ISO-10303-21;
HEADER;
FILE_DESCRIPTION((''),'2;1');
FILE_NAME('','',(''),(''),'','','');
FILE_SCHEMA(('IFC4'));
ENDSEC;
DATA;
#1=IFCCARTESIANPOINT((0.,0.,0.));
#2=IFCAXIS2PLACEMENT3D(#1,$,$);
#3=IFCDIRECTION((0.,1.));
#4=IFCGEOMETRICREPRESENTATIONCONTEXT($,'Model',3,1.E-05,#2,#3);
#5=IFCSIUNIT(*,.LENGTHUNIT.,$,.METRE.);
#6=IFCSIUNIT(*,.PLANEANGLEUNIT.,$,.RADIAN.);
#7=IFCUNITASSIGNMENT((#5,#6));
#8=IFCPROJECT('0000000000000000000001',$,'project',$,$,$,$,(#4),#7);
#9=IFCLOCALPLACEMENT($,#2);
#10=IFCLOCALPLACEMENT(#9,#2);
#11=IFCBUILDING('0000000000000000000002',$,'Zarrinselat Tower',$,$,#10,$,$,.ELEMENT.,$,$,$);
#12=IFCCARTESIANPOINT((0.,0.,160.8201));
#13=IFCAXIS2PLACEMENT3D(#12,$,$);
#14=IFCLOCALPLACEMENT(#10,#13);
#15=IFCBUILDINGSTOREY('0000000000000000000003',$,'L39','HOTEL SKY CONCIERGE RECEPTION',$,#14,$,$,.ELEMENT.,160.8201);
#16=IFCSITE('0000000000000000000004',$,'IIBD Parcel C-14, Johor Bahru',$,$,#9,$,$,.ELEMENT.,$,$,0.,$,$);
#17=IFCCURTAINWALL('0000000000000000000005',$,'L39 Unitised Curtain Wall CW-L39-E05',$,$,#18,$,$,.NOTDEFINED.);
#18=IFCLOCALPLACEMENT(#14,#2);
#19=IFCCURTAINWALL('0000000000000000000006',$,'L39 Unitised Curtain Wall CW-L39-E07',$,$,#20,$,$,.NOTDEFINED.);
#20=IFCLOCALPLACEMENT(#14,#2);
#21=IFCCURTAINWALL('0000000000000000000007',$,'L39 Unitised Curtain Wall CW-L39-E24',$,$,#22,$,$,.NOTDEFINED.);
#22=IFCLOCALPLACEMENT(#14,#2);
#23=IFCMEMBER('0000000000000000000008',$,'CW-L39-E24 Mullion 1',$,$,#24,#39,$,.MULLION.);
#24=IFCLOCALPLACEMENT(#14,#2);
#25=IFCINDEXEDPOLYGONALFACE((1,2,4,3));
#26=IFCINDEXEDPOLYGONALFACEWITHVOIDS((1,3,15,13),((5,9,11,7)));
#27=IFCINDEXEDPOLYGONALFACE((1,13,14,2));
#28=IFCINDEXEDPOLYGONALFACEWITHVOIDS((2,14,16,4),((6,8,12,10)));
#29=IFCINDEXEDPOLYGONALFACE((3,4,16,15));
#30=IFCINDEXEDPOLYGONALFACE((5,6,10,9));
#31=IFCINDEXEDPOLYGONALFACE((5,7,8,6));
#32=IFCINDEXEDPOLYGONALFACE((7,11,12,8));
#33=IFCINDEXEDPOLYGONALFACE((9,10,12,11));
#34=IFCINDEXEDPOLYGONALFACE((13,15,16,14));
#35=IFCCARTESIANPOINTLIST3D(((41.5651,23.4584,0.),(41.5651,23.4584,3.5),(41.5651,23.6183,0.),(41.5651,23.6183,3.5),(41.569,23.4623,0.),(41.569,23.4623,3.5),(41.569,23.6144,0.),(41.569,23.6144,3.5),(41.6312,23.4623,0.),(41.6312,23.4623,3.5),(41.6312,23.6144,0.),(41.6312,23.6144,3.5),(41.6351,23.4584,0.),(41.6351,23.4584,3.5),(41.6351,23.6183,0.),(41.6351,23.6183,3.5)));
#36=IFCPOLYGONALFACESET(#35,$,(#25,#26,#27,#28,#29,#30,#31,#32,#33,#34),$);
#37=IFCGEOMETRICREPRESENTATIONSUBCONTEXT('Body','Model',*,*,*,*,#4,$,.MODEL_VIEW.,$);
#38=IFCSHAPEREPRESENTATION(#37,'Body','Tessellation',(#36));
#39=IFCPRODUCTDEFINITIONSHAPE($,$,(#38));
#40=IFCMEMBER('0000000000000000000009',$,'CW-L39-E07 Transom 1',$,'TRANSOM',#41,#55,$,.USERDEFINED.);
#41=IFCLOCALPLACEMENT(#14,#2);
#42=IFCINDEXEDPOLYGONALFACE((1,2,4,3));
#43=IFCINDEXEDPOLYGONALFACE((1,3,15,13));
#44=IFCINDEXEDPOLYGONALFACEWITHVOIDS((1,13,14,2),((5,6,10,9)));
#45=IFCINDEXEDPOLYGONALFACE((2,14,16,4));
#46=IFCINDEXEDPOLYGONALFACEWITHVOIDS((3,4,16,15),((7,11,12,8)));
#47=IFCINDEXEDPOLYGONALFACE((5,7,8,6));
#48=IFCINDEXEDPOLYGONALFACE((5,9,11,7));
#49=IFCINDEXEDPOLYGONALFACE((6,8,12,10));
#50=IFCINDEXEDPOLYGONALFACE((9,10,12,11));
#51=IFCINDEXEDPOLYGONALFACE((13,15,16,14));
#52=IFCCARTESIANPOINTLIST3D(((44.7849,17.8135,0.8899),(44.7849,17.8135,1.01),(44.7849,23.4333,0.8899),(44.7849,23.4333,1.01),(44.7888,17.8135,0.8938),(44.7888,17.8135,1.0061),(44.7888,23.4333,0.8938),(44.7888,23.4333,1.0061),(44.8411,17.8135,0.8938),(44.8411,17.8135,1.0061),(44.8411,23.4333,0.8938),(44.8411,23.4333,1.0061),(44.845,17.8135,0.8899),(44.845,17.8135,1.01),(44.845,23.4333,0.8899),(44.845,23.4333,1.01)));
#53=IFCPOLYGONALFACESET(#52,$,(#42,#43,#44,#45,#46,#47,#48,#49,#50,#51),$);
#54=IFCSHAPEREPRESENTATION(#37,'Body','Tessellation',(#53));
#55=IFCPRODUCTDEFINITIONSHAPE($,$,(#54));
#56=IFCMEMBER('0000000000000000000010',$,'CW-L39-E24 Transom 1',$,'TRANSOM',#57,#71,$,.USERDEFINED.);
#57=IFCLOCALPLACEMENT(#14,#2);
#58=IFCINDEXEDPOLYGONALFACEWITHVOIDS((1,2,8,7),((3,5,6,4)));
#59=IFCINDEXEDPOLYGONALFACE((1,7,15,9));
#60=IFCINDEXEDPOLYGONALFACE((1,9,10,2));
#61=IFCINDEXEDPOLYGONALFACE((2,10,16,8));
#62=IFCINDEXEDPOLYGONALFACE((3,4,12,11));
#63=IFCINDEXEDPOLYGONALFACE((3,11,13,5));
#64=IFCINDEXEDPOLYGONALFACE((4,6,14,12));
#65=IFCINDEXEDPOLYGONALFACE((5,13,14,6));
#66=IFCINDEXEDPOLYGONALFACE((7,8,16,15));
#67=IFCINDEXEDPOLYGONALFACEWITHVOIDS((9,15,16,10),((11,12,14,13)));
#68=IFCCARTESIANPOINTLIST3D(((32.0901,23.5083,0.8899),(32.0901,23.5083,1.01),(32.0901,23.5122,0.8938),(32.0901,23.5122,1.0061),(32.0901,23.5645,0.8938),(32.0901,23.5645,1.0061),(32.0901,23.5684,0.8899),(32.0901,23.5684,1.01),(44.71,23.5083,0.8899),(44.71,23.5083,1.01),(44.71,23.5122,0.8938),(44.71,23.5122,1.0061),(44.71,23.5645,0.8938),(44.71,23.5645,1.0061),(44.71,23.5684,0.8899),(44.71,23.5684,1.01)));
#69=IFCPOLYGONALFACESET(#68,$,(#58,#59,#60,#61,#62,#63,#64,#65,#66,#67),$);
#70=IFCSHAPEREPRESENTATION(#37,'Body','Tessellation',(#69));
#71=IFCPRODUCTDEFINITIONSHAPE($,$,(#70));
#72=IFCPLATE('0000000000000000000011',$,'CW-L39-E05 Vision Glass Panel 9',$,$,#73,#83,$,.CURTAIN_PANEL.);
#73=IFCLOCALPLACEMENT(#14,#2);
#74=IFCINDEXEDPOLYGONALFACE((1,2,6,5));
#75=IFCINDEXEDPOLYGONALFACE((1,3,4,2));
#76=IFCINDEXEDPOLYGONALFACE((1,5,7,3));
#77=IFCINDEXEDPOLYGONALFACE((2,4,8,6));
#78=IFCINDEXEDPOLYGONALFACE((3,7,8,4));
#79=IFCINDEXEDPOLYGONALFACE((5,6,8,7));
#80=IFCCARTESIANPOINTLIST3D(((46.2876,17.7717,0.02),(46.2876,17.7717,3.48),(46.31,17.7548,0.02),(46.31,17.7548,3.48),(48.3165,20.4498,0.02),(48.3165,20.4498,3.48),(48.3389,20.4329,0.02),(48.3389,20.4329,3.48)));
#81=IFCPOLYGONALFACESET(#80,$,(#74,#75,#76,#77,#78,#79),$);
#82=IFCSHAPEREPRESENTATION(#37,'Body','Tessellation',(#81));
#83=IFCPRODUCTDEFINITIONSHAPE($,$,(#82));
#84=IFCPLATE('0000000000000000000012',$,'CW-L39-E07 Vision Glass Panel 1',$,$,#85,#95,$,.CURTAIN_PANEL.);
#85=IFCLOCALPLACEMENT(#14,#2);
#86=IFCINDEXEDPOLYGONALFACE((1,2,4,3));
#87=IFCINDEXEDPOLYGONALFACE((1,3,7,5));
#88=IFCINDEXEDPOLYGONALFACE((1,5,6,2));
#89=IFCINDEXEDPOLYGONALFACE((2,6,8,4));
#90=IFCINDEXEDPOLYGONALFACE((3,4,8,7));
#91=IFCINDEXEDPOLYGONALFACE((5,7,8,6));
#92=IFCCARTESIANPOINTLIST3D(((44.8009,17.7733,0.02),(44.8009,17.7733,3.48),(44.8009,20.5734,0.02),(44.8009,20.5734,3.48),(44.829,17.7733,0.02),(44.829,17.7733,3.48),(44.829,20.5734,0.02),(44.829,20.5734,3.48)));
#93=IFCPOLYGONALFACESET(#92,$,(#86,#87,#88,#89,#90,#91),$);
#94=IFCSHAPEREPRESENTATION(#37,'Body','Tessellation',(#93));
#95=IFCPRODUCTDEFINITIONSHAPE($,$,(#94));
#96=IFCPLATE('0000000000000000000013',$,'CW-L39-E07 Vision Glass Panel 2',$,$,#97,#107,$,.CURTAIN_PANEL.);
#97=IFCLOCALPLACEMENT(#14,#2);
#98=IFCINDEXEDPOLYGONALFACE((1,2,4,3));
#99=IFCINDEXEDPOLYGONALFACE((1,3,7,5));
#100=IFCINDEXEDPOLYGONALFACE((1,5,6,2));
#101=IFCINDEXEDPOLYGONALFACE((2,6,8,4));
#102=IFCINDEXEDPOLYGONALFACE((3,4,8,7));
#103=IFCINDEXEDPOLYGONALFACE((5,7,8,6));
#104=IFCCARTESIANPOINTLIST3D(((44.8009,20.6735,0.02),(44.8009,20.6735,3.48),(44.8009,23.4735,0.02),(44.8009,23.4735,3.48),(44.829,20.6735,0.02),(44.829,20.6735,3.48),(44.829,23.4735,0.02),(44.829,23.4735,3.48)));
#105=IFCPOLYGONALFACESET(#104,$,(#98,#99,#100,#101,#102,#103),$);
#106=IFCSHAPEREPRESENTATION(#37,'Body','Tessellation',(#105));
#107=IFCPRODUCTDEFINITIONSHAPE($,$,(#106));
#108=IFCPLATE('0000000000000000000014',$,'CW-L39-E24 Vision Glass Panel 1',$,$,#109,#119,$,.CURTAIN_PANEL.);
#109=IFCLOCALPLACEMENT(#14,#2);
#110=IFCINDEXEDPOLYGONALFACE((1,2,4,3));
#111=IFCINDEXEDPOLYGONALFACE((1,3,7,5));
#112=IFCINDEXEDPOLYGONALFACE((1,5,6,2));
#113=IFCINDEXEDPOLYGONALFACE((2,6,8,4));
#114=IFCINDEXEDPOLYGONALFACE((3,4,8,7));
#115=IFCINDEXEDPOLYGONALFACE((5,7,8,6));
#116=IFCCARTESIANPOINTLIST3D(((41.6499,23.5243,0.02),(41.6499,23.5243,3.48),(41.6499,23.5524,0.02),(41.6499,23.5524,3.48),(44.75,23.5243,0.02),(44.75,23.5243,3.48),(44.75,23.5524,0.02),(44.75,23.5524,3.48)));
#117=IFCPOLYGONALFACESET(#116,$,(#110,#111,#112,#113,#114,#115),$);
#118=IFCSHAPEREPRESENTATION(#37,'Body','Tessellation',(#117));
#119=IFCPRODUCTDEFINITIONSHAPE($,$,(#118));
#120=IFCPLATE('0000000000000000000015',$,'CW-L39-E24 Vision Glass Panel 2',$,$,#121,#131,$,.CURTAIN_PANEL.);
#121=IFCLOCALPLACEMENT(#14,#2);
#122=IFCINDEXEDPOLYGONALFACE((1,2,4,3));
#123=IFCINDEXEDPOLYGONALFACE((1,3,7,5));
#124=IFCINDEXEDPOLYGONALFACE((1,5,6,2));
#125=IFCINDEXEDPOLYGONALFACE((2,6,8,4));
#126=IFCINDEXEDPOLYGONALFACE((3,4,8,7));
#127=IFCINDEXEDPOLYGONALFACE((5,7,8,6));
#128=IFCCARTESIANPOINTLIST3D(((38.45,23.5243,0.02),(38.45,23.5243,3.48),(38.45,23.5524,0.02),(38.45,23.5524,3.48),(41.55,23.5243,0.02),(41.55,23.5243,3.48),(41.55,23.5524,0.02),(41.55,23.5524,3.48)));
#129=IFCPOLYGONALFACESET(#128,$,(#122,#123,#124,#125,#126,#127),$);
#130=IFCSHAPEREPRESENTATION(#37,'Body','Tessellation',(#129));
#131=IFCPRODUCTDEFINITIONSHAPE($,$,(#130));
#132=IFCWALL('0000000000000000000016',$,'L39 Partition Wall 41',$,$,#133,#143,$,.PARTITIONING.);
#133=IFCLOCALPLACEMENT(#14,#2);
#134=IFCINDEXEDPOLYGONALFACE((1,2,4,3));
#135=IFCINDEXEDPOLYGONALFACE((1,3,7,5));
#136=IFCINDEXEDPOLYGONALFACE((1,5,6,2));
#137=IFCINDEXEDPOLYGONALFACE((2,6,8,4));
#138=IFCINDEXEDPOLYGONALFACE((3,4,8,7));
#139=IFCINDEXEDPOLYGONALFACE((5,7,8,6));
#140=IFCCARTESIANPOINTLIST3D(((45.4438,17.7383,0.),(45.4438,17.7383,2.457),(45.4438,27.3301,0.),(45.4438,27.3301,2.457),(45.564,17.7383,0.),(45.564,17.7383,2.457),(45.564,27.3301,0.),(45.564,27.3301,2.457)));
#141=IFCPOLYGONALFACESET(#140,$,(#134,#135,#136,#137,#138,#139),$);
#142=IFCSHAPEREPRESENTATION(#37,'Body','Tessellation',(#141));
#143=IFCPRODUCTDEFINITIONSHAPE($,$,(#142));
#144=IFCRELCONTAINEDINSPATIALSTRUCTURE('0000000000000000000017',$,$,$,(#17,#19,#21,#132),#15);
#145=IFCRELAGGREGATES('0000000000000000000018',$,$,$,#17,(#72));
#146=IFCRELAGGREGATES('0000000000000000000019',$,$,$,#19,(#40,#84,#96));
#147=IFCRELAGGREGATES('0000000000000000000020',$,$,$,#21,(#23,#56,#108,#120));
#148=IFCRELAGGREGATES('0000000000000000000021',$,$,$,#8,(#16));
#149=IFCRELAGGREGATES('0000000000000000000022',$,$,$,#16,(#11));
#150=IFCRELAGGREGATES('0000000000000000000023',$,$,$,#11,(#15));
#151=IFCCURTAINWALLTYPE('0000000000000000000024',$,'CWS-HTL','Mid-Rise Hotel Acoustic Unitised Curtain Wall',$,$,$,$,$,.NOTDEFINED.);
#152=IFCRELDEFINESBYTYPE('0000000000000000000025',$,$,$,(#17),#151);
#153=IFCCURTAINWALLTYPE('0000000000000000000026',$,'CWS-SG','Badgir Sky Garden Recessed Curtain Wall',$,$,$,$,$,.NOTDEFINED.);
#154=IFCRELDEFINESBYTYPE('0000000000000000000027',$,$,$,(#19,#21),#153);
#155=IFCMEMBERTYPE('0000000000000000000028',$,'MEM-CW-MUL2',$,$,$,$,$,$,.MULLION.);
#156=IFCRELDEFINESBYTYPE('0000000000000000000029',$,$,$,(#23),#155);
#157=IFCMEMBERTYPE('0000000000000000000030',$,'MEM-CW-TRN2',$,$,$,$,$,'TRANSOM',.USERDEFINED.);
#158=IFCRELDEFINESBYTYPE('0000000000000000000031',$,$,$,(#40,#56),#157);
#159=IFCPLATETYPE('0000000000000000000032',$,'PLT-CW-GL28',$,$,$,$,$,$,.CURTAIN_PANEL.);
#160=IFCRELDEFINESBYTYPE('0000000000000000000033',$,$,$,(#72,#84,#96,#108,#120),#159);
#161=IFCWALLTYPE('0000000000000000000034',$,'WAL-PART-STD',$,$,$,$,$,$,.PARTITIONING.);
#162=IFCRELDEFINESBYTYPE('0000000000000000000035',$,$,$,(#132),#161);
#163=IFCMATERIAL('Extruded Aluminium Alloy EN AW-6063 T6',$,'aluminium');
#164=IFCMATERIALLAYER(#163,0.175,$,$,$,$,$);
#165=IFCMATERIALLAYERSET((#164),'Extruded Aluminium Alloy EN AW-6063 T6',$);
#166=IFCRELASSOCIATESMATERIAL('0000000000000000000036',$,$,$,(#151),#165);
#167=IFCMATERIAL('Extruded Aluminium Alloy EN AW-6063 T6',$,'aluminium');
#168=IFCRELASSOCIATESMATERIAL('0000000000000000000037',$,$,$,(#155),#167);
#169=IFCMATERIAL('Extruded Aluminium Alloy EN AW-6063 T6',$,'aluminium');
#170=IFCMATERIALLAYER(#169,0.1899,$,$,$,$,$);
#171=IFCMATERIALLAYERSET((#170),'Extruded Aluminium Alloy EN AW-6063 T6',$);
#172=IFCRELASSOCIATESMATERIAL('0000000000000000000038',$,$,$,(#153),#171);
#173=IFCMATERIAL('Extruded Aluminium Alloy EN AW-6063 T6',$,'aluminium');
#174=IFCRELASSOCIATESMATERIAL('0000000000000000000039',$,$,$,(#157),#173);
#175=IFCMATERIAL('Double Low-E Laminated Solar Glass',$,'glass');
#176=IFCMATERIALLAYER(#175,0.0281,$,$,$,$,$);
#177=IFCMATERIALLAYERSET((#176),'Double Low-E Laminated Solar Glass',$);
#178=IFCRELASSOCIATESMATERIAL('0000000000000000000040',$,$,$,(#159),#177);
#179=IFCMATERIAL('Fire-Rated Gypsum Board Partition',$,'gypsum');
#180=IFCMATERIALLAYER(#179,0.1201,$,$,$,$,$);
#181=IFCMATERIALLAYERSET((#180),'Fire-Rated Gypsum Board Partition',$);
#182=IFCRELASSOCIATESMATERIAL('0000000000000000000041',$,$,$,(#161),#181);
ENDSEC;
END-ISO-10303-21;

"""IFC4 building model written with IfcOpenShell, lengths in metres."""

from ifc_helpers import new_model, si_unit, direction, frame, frame_2d, origin, origin_2d, place, context, subcontext, project, spatial, rectangle, hollow_rectangle, extrude, material, layer, layer_set, material_profile, profile_set, type_object, element, aggregate, save


model = new_model("IFC4")

# Units and contexts
model_context = context("Model", 3, precision=1e-05, world=origin(), true_north=direction((0.0, 1.0)))
body_context = subcontext(model_context, "Body", "Model", "MODEL_VIEW")
ifc_project = project(units=[si_unit("LENGTHUNIT", "METRE"), si_unit("PLANEANGLEUNIT", "RADIAN")], contexts=[model_context])

# Site, building, storey
site_placement = place(None, origin())
site = spatial("IfcSite", under=ifc_project, at=site_placement, Name="IIBD Parcel C-14, Johor Bahru", CompositionType="ELEMENT", RefElevation=0.0)
building_placement = place(site_placement, origin())
building = spatial("IfcBuilding", under=site, at=building_placement, Name="Zarrinselat Tower", CompositionType="ELEMENT")
storey_placement = place(building_placement, frame((0.0, 0.0, 160.8201)))
storey = spatial("IfcBuildingStorey", under=building, at=storey_placement, Name="L39", Description="HOTEL SKY CONCIERGE RECEPTION", CompositionType="ELEMENT", Elevation=160.8201)

# Curtain walls
ifc_material_1 = material(Name="Extruded Aluminium Alloy EN AW-6063 T6", Category="aluminium")
ifc_layer_1 = layer(ifc_material_1, 0.175)
ifc_layer_set_1 = layer_set([ifc_layer_1], Name="Extruded Aluminium Alloy EN AW-6063 T6")
curtain_wall_type_1 = type_object("IfcCurtainWallType", Name="CWS-HTL", Description="Mid-Rise Hotel Acoustic Unitised Curtain Wall", PredefinedType="NOTDEFINED", material=ifc_layer_set_1)
curtain_wall_1_placement = place(storey_placement, origin())
curtain_wall_1 = element("IfcCurtainWall", 1, at=curtain_wall_1_placement, inside=storey, type_object=curtain_wall_type_1, Name="L39 Unitised Curtain Wall CW-L39-E05", PredefinedType="NOTDEFINED")
ifc_material_2 = material(Name="Extruded Aluminium Alloy EN AW-6063 T6", Category="aluminium")
ifc_material_profile_1 = material_profile(ifc_material_2, hollow_rectangle(XDim=0.0701, YDim=0.1599, WallThickness=0.0039, at=origin_2d()), Name="RHS 160x70x4")
ifc_profile_set_1 = profile_set([ifc_material_profile_1], Name="Extruded Aluminium Alloy EN AW-6063 T6")
member_type_1 = type_object("IfcMemberType", Name="MEM-CW-MUL2", PredefinedType="MULLION", material=ifc_profile_set_1)
ifc_material_3 = material(Name="Extruded Aluminium Alloy EN AW-6063 T6", Category="aluminium")
ifc_layer_2 = layer(ifc_material_3, 0.1899)
ifc_layer_set_2 = layer_set([ifc_layer_2], Name="Extruded Aluminium Alloy EN AW-6063 T6")
curtain_wall_type_2 = type_object("IfcCurtainWallType", Name="CWS-SG", Description="Badgir Sky Garden Recessed Curtain Wall", PredefinedType="NOTDEFINED", material=ifc_layer_set_2)
curtain_wall_2_placement = place(storey_placement, origin())
curtain_wall_2 = element("IfcCurtainWall", 2, at=curtain_wall_2_placement, inside=storey, type_object=curtain_wall_type_2, Name="L39 Unitised Curtain Wall CW-L39-E07", PredefinedType="NOTDEFINED")

# Curtain wall, member
curtain_wall_3_placement = place(storey_placement, origin())
curtain_wall_3 = element("IfcCurtainWall", 3, at=curtain_wall_3_placement, inside=storey, type_object=curtain_wall_type_2, Name="L39 Unitised Curtain Wall CW-L39-E24", PredefinedType="NOTDEFINED")
member_1_placement = place(storey_placement, frame((41.6001, 23.5383, 0.0), z_axis=(0.0, 0.0, 1.0), x_axis=(-1.0, 0.0, 0.0)))
member_1 = element("IfcMember", 4, at=member_1_placement, type_object=member_type_1, Name="CW-L39-E24 Mullion 1", PredefinedType="MULLION", context=body_context, shape_type="SweptSolid", body=[
    extrude(hollow_rectangle(XDim=0.0701, YDim=0.1599, WallThickness=0.0039, at=origin_2d()), origin(), (0.0, 0.0, 1.0), 3.5),
])

# Members
ifc_material_4 = material(Name="Extruded Aluminium Alloy EN AW-6063 T6", Category="aluminium")
ifc_material_profile_2 = material_profile(ifc_material_4, hollow_rectangle(XDim=0.0601, YDim=0.1201, WallThickness=0.0039, at=origin_2d()), Name="RHS 120x60x4")
ifc_profile_set_2 = profile_set([ifc_material_profile_2], Name="Extruded Aluminium Alloy EN AW-6063 T6")
member_type_2 = type_object("IfcMemberType", Name="MEM-CW-TRN2", ElementType="TRANSOM", PredefinedType="USERDEFINED", material=ifc_profile_set_2)
member_2_placement = place(storey_placement, frame((44.8149, 17.8135, 0.95), z_axis=(0.0, 1.0, 0.0), x_axis=(-1.0, 0.0, 0.0)))
member_2 = element("IfcMember", 5, at=member_2_placement, type_object=member_type_2, Name="CW-L39-E07 Transom 1", ObjectType="TRANSOM", PredefinedType="USERDEFINED", context=body_context, shape_type="SweptSolid", body=[
    extrude(hollow_rectangle(XDim=0.0601, YDim=0.1201, WallThickness=0.0039, at=origin_2d()), origin(), (0.0, 0.0, 1.0), 5.6199),
])
member_3_placement = place(storey_placement, frame((44.71, 23.5383, 0.95), z_axis=(-1.0, 0.0, 0.0), x_axis=(0.0, -1.0, 0.0)))
member_3 = element("IfcMember", 6, at=member_3_placement, type_object=member_type_2, Name="CW-L39-E24 Transom 1", ObjectType="TRANSOM", PredefinedType="USERDEFINED", context=body_context, shape_type="SweptSolid", body=[
    extrude(hollow_rectangle(XDim=0.0601, YDim=0.1201, WallThickness=0.0039, at=origin_2d()), origin(), (0.0, 0.0, 1.0), 12.6199),
])

# Plates
ifc_material_5 = material(Name="Double Low-E Laminated Solar Glass", Category="glass")
ifc_layer_3 = layer(ifc_material_5, 0.0281)
ifc_layer_set_3 = layer_set([ifc_layer_3], Name="Double Low-E Laminated Solar Glass")
plate_type = type_object("IfcPlateType", Name="PLT-CW-GL28", PredefinedType="CURTAIN_PANEL", material=ifc_layer_set_3)
plate_1_placement = place(storey_placement, frame((47.3132, 19.1023, 0.02), z_axis=(0.0, 0.0, 1.0), x_axis=(-0.603859, -0.797092, 0.0)))
plate_1 = element("IfcPlate", 7, at=plate_1_placement, type_object=plate_type, Name="CW-L39-E05 Vision Glass Panel 9", PredefinedType="CURTAIN_PANEL", context=body_context, shape_type="SweptSolid", body=[
    extrude(rectangle(XDim=3.3599, YDim=0.0281, at=origin_2d()), origin(), (0.0, 0.0, 1.0), 3.46),
])
aggregate(curtain_wall_1, [plate_1])
plate_2_placement = place(storey_placement, frame((44.8149, 19.1733, 0.02), z_axis=(0.0, 0.0, 1.0), x_axis=(0.0, 1.0, 0.0)))
plate_2 = element("IfcPlate", 8, at=plate_2_placement, type_object=plate_type, Name="CW-L39-E07 Vision Glass Panel 1", PredefinedType="CURTAIN_PANEL", context=body_context, shape_type="SweptSolid", body=[
    extrude(rectangle(XDim=2.8, YDim=0.0281, at=origin_2d()), origin(), (0.0, 0.0, 1.0), 3.46),
])
plate_3_placement = place(storey_placement, frame((44.8149, 22.0735, 0.02), z_axis=(0.0, 0.0, 1.0), x_axis=(0.0, 1.0, 0.0)))
plate_3 = element("IfcPlate", 9, at=plate_3_placement, type_object=plate_type, Name="CW-L39-E07 Vision Glass Panel 2", PredefinedType="CURTAIN_PANEL", context=body_context, shape_type="SweptSolid", body=[
    extrude(rectangle(XDim=2.8, YDim=0.0281, at=origin_2d()), origin(), (0.0, 0.0, 1.0), 3.46),
])
aggregate(curtain_wall_2, [member_2, plate_2, plate_3])
plate_4_placement = place(storey_placement, frame((43.2, 23.5383, 0.02), z_axis=(0.0, 0.0, 1.0), x_axis=(-1.0, 0.0, 0.0)))
plate_4 = element("IfcPlate", 10, at=plate_4_placement, type_object=plate_type, Name="CW-L39-E24 Vision Glass Panel 1", PredefinedType="CURTAIN_PANEL", context=body_context, shape_type="SweptSolid", body=[
    extrude(rectangle(XDim=3.1001, YDim=0.0281, at=origin_2d()), origin(), (0.0, 0.0, 1.0), 3.46),
])
plate_5_placement = place(storey_placement, frame((40.0, 23.5383, 0.02), z_axis=(0.0, 0.0, 1.0), x_axis=(-1.0, 0.0, 0.0)))
plate_5 = element("IfcPlate", 11, at=plate_5_placement, type_object=plate_type, Name="CW-L39-E24 Vision Glass Panel 2", PredefinedType="CURTAIN_PANEL", context=body_context, shape_type="SweptSolid", body=[
    extrude(rectangle(XDim=3.1001, YDim=0.0281, at=origin_2d()), origin(), (0.0, 0.0, 1.0), 3.46),
])
aggregate(curtain_wall_3, [member_1, member_3, plate_4, plate_5])

# Wall
ifc_material_6 = material(Name="Fire-Rated Gypsum Board Partition", Category="gypsum")
ifc_layer_4 = layer(ifc_material_6, 0.1201)
ifc_layer_set_4 = layer_set([ifc_layer_4], Name="Fire-Rated Gypsum Board Partition")
wall_type = type_object("IfcWallType", Name="WAL-PART-STD", PredefinedType="PARTITIONING", material=ifc_layer_set_4)
wall_placement = place(storey_placement, frame((45.5039, 17.7383, 0.0), z_axis=(0.0, 0.0, 1.0), x_axis=(0.0, 1.0, 0.0)))
element("IfcWall", 12, at=wall_placement, inside=storey, type_object=wall_type, Name="L39 Partition Wall 41", PredefinedType="PARTITIONING", context=body_context, shape_type="SweptSolid", body=[
    extrude(rectangle(XDim=9.5918, YDim=0.1201, at=frame_2d((4.7959, 0.0))), origin(), (0.0, 0.0, 1.0), 2.457),
])

save(model, "model.ifc")
